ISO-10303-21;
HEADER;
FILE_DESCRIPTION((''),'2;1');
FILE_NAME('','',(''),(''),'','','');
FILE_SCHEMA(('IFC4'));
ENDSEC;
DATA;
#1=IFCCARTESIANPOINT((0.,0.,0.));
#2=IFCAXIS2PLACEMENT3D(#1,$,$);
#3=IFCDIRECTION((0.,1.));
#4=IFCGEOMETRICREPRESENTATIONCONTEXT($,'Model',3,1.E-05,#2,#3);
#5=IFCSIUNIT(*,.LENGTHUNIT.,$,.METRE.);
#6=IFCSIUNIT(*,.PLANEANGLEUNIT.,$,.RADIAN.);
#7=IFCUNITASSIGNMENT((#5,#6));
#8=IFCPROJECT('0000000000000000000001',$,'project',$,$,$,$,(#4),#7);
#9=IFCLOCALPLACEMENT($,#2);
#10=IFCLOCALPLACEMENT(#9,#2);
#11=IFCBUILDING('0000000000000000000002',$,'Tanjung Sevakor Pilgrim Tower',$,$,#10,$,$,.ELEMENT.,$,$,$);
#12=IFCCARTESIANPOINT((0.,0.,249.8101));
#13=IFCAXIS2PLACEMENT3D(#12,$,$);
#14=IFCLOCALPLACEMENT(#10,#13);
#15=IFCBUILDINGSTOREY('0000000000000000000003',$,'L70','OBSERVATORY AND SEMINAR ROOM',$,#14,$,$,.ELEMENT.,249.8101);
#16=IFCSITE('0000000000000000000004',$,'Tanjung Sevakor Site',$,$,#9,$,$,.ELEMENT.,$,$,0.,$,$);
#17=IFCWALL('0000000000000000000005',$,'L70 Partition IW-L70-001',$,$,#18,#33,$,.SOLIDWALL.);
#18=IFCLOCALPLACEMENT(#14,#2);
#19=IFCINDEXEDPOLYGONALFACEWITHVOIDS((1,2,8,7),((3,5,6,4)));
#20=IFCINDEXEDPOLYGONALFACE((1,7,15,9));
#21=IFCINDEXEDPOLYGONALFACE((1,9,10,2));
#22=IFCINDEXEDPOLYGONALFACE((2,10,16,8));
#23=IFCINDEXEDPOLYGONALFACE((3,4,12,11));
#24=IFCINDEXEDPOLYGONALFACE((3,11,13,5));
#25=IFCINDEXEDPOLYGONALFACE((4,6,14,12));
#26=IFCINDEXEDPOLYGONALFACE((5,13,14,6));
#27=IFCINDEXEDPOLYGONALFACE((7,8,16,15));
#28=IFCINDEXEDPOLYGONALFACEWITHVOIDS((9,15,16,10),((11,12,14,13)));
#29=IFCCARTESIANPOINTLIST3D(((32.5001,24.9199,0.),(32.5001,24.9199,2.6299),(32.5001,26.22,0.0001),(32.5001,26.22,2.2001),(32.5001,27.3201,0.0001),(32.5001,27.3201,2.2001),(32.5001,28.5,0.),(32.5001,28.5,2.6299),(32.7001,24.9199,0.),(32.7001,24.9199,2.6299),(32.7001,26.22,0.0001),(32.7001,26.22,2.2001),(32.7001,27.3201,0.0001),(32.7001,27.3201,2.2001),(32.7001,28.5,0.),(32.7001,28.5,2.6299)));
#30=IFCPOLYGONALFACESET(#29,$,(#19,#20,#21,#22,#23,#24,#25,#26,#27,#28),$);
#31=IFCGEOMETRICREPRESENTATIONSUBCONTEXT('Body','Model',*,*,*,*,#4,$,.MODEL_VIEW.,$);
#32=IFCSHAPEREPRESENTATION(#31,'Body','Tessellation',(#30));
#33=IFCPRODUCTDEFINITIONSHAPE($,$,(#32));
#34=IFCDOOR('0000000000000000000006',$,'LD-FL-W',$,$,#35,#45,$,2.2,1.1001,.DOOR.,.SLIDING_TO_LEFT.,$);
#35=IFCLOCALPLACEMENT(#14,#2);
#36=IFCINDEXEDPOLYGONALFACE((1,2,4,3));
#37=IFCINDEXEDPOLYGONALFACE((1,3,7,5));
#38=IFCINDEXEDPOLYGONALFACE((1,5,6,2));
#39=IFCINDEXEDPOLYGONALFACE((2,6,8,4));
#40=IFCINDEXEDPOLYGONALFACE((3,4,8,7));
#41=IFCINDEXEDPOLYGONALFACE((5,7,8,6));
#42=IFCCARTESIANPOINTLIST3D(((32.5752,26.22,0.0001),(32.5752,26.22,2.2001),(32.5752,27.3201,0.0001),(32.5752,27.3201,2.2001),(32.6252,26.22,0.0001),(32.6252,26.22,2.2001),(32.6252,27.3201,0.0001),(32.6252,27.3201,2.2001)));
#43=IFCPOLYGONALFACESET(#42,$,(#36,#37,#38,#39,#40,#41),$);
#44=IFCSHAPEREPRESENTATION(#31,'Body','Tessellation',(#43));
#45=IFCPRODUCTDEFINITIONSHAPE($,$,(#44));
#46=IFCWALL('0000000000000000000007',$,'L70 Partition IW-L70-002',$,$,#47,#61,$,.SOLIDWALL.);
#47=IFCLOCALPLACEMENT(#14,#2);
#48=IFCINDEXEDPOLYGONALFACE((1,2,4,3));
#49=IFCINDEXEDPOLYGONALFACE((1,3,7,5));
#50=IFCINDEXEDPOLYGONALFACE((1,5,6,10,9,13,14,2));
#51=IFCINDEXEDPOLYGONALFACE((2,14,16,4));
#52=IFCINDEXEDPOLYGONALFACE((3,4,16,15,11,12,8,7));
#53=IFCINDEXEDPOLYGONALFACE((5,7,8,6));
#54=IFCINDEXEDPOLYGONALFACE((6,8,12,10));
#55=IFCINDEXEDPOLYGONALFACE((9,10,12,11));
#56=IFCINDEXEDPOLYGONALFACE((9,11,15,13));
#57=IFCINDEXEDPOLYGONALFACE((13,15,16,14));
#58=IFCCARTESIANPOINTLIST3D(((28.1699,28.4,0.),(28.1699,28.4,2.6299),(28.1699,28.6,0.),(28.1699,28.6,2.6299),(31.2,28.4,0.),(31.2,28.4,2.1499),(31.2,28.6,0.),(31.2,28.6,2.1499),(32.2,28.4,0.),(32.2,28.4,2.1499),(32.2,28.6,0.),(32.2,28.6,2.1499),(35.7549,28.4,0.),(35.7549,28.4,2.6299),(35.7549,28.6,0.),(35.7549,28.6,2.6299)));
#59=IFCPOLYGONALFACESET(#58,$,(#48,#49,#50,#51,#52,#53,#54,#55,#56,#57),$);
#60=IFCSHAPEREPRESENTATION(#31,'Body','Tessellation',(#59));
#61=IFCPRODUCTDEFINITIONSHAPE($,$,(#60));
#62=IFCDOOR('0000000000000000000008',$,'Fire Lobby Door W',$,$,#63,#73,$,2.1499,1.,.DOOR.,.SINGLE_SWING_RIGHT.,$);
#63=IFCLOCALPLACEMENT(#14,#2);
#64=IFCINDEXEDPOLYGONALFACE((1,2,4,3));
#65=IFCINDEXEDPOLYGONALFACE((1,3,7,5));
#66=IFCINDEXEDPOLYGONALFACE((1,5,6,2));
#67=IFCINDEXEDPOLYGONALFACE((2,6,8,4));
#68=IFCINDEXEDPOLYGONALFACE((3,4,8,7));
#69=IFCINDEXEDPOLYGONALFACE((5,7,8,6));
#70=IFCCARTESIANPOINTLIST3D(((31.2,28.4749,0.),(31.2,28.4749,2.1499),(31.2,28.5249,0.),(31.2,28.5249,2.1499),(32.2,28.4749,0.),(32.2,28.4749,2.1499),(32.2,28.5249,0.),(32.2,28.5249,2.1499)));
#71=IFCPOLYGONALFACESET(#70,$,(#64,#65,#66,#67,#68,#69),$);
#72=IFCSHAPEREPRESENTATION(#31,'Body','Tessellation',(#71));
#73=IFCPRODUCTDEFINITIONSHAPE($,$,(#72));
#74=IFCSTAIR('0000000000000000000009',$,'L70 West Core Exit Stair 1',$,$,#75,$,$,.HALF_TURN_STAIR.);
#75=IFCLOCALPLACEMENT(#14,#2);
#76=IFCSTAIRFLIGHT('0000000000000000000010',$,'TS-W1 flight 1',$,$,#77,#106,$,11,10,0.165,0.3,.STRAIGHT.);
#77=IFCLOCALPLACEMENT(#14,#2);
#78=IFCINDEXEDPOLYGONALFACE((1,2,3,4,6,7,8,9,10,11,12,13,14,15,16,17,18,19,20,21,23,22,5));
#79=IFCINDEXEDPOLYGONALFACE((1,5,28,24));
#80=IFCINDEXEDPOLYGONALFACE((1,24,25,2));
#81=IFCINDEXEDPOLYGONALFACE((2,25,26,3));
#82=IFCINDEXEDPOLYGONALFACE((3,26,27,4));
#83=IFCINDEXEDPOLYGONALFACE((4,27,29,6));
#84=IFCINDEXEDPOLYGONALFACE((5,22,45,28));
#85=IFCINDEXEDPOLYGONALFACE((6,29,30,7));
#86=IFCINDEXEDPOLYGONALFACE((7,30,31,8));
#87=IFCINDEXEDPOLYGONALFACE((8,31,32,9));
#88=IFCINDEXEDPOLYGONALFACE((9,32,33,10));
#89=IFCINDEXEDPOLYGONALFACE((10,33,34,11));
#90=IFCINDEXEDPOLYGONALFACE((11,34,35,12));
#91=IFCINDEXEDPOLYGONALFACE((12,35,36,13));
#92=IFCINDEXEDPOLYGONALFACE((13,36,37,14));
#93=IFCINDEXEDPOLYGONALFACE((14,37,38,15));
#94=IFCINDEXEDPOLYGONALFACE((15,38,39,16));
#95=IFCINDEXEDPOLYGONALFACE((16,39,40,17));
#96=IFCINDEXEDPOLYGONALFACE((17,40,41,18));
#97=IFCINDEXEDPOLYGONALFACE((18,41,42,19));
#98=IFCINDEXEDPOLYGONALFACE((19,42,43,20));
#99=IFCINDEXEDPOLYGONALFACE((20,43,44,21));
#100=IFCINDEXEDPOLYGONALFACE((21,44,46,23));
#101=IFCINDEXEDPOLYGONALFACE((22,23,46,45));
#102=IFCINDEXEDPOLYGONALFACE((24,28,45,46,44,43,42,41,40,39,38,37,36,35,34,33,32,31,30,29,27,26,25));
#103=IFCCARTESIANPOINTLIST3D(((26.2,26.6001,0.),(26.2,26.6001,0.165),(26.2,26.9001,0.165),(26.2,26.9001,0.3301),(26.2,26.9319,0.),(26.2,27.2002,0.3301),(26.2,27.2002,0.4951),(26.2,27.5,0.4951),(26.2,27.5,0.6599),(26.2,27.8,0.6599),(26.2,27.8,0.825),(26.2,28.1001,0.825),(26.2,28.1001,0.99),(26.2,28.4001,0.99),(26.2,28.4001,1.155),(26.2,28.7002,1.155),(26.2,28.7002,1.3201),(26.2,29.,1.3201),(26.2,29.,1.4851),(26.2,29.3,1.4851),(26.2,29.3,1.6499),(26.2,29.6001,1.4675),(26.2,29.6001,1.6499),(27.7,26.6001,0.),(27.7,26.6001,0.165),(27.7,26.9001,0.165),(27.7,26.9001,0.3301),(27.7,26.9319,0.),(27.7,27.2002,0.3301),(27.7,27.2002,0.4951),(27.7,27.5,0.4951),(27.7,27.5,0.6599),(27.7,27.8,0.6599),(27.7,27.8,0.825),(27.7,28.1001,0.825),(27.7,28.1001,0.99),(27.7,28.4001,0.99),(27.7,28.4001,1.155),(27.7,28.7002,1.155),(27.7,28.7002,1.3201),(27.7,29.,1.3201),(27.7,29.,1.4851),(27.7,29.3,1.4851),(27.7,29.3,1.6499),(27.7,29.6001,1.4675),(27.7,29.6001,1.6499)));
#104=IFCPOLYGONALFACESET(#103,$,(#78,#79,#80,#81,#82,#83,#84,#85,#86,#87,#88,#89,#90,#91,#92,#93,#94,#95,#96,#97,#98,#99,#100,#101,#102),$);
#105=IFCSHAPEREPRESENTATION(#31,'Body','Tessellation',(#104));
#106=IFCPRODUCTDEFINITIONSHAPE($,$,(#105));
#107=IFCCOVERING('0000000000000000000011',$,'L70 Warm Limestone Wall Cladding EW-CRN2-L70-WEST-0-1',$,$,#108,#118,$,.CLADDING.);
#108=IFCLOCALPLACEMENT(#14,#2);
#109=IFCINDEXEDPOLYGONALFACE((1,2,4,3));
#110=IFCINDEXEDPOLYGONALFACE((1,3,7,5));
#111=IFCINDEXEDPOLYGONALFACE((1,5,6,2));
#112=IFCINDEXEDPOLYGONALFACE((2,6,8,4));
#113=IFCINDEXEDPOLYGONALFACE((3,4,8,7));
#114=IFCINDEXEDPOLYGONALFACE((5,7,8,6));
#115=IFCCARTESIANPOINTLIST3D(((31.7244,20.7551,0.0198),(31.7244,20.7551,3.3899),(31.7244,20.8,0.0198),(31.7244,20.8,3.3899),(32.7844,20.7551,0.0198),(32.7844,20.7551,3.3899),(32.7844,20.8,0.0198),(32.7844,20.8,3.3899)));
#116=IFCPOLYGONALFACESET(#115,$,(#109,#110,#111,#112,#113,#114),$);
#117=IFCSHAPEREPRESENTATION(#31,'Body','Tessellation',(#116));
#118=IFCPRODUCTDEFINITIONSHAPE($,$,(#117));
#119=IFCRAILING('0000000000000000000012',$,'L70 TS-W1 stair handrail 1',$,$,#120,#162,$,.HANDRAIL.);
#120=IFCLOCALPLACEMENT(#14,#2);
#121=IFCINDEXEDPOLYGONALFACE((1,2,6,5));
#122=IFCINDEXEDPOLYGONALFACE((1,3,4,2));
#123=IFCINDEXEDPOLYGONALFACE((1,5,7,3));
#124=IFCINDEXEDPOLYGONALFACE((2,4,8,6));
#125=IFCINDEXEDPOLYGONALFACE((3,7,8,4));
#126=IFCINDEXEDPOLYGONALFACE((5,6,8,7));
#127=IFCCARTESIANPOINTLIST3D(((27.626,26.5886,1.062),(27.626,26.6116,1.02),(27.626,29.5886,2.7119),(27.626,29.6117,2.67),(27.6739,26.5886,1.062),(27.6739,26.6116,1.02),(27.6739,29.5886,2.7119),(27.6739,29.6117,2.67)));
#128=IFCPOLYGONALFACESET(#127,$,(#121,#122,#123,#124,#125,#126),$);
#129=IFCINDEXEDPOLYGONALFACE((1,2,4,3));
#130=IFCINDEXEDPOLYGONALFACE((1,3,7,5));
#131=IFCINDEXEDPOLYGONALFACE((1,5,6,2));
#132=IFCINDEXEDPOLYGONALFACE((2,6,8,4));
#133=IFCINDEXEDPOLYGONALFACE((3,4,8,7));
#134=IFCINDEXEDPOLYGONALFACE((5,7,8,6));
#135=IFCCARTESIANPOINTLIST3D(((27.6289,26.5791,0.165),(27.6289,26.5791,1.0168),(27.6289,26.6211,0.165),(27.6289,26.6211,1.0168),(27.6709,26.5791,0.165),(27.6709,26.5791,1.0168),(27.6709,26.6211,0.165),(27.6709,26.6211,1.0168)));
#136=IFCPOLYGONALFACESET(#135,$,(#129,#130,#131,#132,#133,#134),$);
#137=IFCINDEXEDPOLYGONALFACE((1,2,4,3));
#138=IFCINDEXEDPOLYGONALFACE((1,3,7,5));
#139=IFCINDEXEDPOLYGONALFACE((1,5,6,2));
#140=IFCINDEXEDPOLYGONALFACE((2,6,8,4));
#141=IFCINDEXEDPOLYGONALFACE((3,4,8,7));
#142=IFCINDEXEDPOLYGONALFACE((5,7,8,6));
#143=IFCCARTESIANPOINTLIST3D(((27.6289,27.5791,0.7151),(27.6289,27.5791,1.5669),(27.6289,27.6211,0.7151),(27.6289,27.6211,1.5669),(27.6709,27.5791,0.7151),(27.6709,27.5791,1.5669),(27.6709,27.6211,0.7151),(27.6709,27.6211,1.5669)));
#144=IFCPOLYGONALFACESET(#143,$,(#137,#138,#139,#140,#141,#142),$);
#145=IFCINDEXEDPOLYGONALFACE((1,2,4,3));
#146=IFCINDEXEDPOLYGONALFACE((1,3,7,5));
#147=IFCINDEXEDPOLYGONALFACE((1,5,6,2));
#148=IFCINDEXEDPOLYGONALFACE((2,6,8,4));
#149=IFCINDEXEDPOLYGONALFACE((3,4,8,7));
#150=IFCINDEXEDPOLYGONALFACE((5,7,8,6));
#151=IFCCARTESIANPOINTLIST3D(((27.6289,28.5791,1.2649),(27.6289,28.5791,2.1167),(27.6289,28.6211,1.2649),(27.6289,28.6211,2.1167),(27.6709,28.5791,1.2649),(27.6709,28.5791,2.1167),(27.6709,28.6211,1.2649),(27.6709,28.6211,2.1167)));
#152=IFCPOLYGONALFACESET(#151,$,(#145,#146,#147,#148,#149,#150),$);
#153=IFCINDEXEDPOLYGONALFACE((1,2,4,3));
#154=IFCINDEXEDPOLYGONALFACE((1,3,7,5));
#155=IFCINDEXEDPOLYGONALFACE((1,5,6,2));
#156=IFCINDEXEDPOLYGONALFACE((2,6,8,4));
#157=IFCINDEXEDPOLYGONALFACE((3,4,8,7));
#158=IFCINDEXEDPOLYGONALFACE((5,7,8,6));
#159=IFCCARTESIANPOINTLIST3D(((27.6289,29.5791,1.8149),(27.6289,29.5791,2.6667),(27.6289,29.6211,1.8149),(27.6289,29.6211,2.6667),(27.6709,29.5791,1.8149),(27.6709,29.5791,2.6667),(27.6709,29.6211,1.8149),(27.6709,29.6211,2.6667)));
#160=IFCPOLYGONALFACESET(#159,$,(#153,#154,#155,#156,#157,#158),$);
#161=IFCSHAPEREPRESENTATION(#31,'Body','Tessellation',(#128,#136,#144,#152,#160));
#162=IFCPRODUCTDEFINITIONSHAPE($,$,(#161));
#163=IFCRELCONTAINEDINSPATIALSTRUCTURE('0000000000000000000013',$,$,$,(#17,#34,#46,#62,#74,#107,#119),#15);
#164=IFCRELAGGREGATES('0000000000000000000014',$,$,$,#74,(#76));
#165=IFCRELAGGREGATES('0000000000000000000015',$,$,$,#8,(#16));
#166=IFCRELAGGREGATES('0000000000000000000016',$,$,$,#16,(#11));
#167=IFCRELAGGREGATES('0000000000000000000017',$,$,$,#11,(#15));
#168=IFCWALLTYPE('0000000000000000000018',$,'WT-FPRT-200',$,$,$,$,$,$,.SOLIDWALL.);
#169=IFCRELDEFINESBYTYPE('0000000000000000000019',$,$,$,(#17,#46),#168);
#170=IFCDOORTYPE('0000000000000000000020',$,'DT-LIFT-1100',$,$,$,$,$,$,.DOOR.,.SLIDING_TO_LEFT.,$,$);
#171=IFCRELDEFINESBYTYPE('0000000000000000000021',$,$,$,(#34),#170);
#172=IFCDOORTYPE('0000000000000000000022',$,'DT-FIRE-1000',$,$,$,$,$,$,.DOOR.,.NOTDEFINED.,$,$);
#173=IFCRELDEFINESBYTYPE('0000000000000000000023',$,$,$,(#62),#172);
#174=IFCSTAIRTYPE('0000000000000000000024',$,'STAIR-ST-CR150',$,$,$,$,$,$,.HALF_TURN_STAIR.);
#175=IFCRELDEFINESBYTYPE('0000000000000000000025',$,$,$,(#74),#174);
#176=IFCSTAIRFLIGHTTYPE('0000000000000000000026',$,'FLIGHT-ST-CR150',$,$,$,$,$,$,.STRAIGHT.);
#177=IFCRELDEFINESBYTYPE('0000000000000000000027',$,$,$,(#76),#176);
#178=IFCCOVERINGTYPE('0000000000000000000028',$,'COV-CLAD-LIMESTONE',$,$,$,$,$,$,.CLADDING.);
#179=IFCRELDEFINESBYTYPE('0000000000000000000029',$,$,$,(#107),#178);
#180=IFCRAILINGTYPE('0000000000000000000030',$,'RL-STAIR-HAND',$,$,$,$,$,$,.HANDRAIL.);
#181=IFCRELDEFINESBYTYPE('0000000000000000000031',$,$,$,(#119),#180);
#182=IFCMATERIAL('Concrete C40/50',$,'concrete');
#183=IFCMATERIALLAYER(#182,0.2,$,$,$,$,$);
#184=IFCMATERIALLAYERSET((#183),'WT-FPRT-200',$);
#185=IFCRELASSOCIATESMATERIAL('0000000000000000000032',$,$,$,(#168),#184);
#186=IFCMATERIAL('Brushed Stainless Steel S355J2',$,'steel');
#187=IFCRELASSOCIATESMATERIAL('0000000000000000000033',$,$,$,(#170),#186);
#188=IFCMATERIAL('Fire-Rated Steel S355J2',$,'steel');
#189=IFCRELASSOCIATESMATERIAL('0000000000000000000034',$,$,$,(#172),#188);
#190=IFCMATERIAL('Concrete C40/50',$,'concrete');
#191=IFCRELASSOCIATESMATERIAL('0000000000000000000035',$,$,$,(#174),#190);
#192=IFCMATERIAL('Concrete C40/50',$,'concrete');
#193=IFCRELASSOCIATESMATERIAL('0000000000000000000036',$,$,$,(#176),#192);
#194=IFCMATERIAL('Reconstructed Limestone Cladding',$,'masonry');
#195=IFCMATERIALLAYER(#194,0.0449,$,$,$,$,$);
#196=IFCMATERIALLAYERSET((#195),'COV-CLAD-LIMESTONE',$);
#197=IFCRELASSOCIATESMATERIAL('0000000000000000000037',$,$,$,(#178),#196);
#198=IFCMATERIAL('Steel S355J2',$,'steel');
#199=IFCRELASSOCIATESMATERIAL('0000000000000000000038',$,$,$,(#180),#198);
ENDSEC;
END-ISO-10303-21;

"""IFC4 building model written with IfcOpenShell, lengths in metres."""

from ifc_helpers import new_model, si_unit, direction, frame, frame_2d, origin, origin_2d, place, context, subcontext, project, spatial, polyline, rectangle, outline, extrude, material, layer, layer_set, type_object, element, fill, aggregate, save


model = new_model("IFC4")

# Units and contexts
model_context = context("Model", 3, precision=1e-05, world=origin(), true_north=direction((0.0, 1.0)))
body_context = subcontext(model_context, "Body", "Model", "MODEL_VIEW")
ifc_project = project(units=[si_unit("LENGTHUNIT", "METRE"), si_unit("PLANEANGLEUNIT", "RADIAN")], contexts=[model_context])

# Site, building, storey
site_placement = place(None, origin())
site = spatial("IfcSite", under=ifc_project, at=site_placement, Name="Tanjung Sevakor Site", CompositionType="ELEMENT", RefElevation=0.0)
building_placement = place(site_placement, origin())
building = spatial("IfcBuilding", under=site, at=building_placement, Name="Tanjung Sevakor Pilgrim Tower", CompositionType="ELEMENT")
storey_placement = place(building_placement, frame((0.0, 0.0, 249.8101)))
storey = spatial("IfcBuildingStorey", under=building, at=storey_placement, Name="L70", Description="OBSERVATORY AND SEMINAR ROOM", CompositionType="ELEMENT", Elevation=249.8101)

# Walls, openings, doors
ifc_material_1 = material(Name="Concrete C40/50", Category="concrete")
ifc_layer_1 = layer(ifc_material_1, 0.2)
ifc_layer_set_1 = layer_set([ifc_layer_1], Name="WT-FPRT-200")
wall_type_1 = type_object("IfcWallType", Name="WT-FPRT-200", PredefinedType="SOLIDWALL", material=ifc_layer_set_1)
wall_1_placement = place(storey_placement, frame((32.6001, 24.9199, 0.0), z_axis=(0.0, 0.0, 1.0), x_axis=(0.0, 1.0, 0.0)))
wall_1 = element("IfcWall", 1, at=wall_1_placement, inside=storey, type_object=wall_type_1, Name="L70 Partition IW-L70-001", PredefinedType="SOLIDWALL", context=body_context, shape_type="SweptSolid", body=[
    extrude(rectangle(XDim=3.5801, YDim=0.2, at=frame_2d((1.79, 0.0))), origin(), (0.0, 0.0, 1.0), 2.6299),
])
opening_1_placement = place(wall_1_placement, frame((1.3, 0.0, 0.0)))
opening_1 = element("IfcOpeningElement", 2, at=opening_1_placement, cuts=wall_1, PredefinedType="OPENING", context=body_context, shape_type="SweptSolid", body=[
    extrude(rectangle(XDim=1.1001, YDim=2.2, at=frame_2d((0.55, 1.1001))), frame((0.0, 0.1099, 0.0), z_axis=(0.0, -1.0, 0.0), x_axis=(1.0, 0.0, 0.0)), (0.0, 0.0, 1.0), 0.22),
])
ifc_material_2 = material(Name="Brushed Stainless Steel S355J2", Category="steel")
door_type_1 = type_object("IfcDoorType", Name="DT-LIFT-1100", OperationType="SLIDING_TO_LEFT", PredefinedType="DOOR", material=ifc_material_2)
door_1_placement = place(opening_1_placement, origin())
door_1 = element("IfcDoor", 3, at=door_1_placement, inside=storey, type_object=door_type_1, Name="LD-FL-W", OperationType="SLIDING_TO_LEFT", OverallHeight=2.2, OverallWidth=1.1001, PredefinedType="DOOR", context=body_context, shape_type="SweptSolid", body=[
    extrude(rectangle(XDim=1.1001, YDim=2.2, at=frame_2d((0.55, 1.1001))), frame((0.0, 0.0249, 0.0), z_axis=(0.0, -1.0, 0.0), x_axis=(1.0, 0.0, 0.0)), (0.0, 0.0, 1.0), 0.05),
])
fill(opening_1, door_1)
wall_2_placement = place(storey_placement, frame((28.1699, 28.5, 0.0), z_axis=(0.0, 0.0, 1.0), x_axis=(1.0, 0.0, 0.0)))
wall_2 = element("IfcWall", 4, at=wall_2_placement, inside=storey, type_object=wall_type_1, Name="L70 Partition IW-L70-002", PredefinedType="SOLIDWALL", context=body_context, shape_type="SweptSolid", body=[
    extrude(rectangle(XDim=7.585, YDim=0.2, at=frame_2d((3.7925, 0.0))), origin(), (0.0, 0.0, 1.0), 2.6299),
])
opening_2_placement = place(wall_2_placement, frame((3.03, 0.0, 0.0)))
opening_2 = element("IfcOpeningElement", 5, at=opening_2_placement, cuts=wall_2, PredefinedType="OPENING", context=body_context, shape_type="SweptSolid", body=[
    extrude(rectangle(XDim=1.0, YDim=2.1499, at=frame_2d((0.5, 1.075))), frame((0.0, 0.1099, 0.0), z_axis=(0.0, -1.0, 0.0), x_axis=(1.0, 0.0, 0.0)), (0.0, 0.0, 1.0), 0.22),
])
ifc_material_3 = material(Name="Fire-Rated Steel S355J2", Category="steel")
door_type_2 = type_object("IfcDoorType", Name="DT-FIRE-1000", OperationType="NOTDEFINED", PredefinedType="DOOR", material=ifc_material_3)
door_2_placement = place(opening_2_placement, origin())
door_2 = element("IfcDoor", 6, at=door_2_placement, inside=storey, type_object=door_type_2, Name="Fire Lobby Door W", OperationType="SINGLE_SWING_RIGHT", OverallHeight=2.1499, OverallWidth=1.0, PredefinedType="DOOR", context=body_context, shape_type="SweptSolid", body=[
    extrude(rectangle(XDim=1.0, YDim=2.1499, at=frame_2d((0.5, 1.075))), frame((0.0, 0.0249, 0.0), z_axis=(0.0, -1.0, 0.0), x_axis=(1.0, 0.0, 0.0)), (0.0, 0.0, 1.0), 0.05),
])
fill(opening_2, door_2)

# Stair, stair flight
ifc_material_4 = material(Name="Concrete C40/50", Category="concrete")
stair_type = type_object("IfcStairType", Name="STAIR-ST-CR150", PredefinedType="HALF_TURN_STAIR", material=ifc_material_4)
stair_placement = place(storey_placement, origin())
stair = element("IfcStair", 7, at=stair_placement, inside=storey, type_object=stair_type, Name="L70 West Core Exit Stair 1", PredefinedType="HALF_TURN_STAIR")
ifc_material_5 = material(Name="Concrete C40/50", Category="concrete")
stair_flight_type = type_object("IfcStairFlightType", Name="FLIGHT-ST-CR150", PredefinedType="STRAIGHT", material=ifc_material_5)
stair_flight_placement = place(storey_placement, frame((26.95, 26.6001, 0.0), z_axis=(0.0, 0.0, 1.0), x_axis=(0.0, 1.0, 0.0)))
stair_flight = element("IfcStairFlight", 8, at=stair_flight_placement, type_object=stair_flight_type, Name="TS-W1 flight 1", NumberOfRisers=11, NumberOfTreads=10, PredefinedType="STRAIGHT", RiserHeight=0.165, TreadLength=0.3, context=body_context, shape_type="SweptSolid", body=[
    extrude(outline(polyline([(0.0, 0.0), (0.0, 0.165), (0.3, 0.165), (0.3, 0.3301), (0.6001, 0.3301), (0.6001, 0.4951), (0.8999, 0.4951), (0.8999, 0.6599), (1.2, 0.6599), (1.2, 0.825), (1.5, 0.825), (1.5, 0.99), (1.8, 0.99), (1.8, 1.155), (2.1001, 1.155), (2.1001, 1.3201), (2.3999, 1.3201), (2.3999, 1.4851), (2.7, 1.4851), (2.7, 1.6499), (3.0, 1.6499), (3.0, 1.8149), (3.0, 1.4675), (0.3318, 0.0), (0.0, 0.0)])), frame((0.0, 0.75, 0.0), z_axis=(0.0, -1.0, 0.0), x_axis=(1.0, 0.0, 0.0)), (0.0, 0.0, 1.0), 1.5),
])
aggregate(stair, [stair_flight])

# Covering
ifc_material_6 = material(Name="Reconstructed Limestone Cladding", Category="masonry")
ifc_layer_2 = layer(ifc_material_6, 0.0449)
ifc_layer_set_2 = layer_set([ifc_layer_2], Name="COV-CLAD-LIMESTONE")
covering_type = type_object("IfcCoveringType", Name="COV-CLAD-LIMESTONE", PredefinedType="CLADDING", material=ifc_layer_set_2)
covering_placement = place(storey_placement, frame((32.2544, 20.7776, 0.0198), z_axis=(0.0, 0.0, 1.0), x_axis=(1.0, 0.0, 0.0)))
element("IfcCovering", 9, at=covering_placement, inside=storey, type_object=covering_type, Name="L70 Warm Limestone Wall Cladding EW-CRN2-L70-WEST-0-1", PredefinedType="CLADDING", context=body_context, shape_type="SweptSolid", body=[
    extrude(rectangle(XDim=1.0601, YDim=0.0449, at=origin_2d()), origin(), (0.0, 0.0, 1.0), 3.3701),
])

# Railing
ifc_material_7 = material(Name="Steel S355J2", Category="steel")
railing_type = type_object("IfcRailingType", Name="RL-STAIR-HAND", PredefinedType="HANDRAIL", material=ifc_material_7)
railing_placement = place(storey_placement, frame((27.6499, 26.6001, 0.165)))
element("IfcRailing", 10, at=railing_placement, inside=storey, type_object=railing_type, Name="L70 TS-W1 stair handrail 1", PredefinedType="HANDRAIL", context=body_context, shape_type="SweptSolid", body=[
    extrude(rectangle(XDim=0.0479, YDim=0.0479), frame((0.0, 0.0, 0.876), z_axis=(0.0, 0.876228, 0.481897), x_axis=(-1.0, 0.0, 0.0)), (0.0, 0.0, 1.0), 3.4238),
    extrude(rectangle(XDim=0.042, YDim=0.042), origin(), (0.0, 0.0, 1.0), 0.8518),
    extrude(rectangle(XDim=0.042, YDim=0.042), frame((0.0, 1.0, 0.55)), (0.0, 0.0, 1.0), 0.8518),
    extrude(rectangle(XDim=0.042, YDim=0.042), frame((0.0, 2.0, 1.0999)), (0.0, 0.0, 1.0), 0.8518),
    extrude(rectangle(XDim=0.042, YDim=0.042), frame((0.0, 3.0, 1.6499)), (0.0, 0.0, 1.0), 0.8518),
])

save(model, "model.ifc")
